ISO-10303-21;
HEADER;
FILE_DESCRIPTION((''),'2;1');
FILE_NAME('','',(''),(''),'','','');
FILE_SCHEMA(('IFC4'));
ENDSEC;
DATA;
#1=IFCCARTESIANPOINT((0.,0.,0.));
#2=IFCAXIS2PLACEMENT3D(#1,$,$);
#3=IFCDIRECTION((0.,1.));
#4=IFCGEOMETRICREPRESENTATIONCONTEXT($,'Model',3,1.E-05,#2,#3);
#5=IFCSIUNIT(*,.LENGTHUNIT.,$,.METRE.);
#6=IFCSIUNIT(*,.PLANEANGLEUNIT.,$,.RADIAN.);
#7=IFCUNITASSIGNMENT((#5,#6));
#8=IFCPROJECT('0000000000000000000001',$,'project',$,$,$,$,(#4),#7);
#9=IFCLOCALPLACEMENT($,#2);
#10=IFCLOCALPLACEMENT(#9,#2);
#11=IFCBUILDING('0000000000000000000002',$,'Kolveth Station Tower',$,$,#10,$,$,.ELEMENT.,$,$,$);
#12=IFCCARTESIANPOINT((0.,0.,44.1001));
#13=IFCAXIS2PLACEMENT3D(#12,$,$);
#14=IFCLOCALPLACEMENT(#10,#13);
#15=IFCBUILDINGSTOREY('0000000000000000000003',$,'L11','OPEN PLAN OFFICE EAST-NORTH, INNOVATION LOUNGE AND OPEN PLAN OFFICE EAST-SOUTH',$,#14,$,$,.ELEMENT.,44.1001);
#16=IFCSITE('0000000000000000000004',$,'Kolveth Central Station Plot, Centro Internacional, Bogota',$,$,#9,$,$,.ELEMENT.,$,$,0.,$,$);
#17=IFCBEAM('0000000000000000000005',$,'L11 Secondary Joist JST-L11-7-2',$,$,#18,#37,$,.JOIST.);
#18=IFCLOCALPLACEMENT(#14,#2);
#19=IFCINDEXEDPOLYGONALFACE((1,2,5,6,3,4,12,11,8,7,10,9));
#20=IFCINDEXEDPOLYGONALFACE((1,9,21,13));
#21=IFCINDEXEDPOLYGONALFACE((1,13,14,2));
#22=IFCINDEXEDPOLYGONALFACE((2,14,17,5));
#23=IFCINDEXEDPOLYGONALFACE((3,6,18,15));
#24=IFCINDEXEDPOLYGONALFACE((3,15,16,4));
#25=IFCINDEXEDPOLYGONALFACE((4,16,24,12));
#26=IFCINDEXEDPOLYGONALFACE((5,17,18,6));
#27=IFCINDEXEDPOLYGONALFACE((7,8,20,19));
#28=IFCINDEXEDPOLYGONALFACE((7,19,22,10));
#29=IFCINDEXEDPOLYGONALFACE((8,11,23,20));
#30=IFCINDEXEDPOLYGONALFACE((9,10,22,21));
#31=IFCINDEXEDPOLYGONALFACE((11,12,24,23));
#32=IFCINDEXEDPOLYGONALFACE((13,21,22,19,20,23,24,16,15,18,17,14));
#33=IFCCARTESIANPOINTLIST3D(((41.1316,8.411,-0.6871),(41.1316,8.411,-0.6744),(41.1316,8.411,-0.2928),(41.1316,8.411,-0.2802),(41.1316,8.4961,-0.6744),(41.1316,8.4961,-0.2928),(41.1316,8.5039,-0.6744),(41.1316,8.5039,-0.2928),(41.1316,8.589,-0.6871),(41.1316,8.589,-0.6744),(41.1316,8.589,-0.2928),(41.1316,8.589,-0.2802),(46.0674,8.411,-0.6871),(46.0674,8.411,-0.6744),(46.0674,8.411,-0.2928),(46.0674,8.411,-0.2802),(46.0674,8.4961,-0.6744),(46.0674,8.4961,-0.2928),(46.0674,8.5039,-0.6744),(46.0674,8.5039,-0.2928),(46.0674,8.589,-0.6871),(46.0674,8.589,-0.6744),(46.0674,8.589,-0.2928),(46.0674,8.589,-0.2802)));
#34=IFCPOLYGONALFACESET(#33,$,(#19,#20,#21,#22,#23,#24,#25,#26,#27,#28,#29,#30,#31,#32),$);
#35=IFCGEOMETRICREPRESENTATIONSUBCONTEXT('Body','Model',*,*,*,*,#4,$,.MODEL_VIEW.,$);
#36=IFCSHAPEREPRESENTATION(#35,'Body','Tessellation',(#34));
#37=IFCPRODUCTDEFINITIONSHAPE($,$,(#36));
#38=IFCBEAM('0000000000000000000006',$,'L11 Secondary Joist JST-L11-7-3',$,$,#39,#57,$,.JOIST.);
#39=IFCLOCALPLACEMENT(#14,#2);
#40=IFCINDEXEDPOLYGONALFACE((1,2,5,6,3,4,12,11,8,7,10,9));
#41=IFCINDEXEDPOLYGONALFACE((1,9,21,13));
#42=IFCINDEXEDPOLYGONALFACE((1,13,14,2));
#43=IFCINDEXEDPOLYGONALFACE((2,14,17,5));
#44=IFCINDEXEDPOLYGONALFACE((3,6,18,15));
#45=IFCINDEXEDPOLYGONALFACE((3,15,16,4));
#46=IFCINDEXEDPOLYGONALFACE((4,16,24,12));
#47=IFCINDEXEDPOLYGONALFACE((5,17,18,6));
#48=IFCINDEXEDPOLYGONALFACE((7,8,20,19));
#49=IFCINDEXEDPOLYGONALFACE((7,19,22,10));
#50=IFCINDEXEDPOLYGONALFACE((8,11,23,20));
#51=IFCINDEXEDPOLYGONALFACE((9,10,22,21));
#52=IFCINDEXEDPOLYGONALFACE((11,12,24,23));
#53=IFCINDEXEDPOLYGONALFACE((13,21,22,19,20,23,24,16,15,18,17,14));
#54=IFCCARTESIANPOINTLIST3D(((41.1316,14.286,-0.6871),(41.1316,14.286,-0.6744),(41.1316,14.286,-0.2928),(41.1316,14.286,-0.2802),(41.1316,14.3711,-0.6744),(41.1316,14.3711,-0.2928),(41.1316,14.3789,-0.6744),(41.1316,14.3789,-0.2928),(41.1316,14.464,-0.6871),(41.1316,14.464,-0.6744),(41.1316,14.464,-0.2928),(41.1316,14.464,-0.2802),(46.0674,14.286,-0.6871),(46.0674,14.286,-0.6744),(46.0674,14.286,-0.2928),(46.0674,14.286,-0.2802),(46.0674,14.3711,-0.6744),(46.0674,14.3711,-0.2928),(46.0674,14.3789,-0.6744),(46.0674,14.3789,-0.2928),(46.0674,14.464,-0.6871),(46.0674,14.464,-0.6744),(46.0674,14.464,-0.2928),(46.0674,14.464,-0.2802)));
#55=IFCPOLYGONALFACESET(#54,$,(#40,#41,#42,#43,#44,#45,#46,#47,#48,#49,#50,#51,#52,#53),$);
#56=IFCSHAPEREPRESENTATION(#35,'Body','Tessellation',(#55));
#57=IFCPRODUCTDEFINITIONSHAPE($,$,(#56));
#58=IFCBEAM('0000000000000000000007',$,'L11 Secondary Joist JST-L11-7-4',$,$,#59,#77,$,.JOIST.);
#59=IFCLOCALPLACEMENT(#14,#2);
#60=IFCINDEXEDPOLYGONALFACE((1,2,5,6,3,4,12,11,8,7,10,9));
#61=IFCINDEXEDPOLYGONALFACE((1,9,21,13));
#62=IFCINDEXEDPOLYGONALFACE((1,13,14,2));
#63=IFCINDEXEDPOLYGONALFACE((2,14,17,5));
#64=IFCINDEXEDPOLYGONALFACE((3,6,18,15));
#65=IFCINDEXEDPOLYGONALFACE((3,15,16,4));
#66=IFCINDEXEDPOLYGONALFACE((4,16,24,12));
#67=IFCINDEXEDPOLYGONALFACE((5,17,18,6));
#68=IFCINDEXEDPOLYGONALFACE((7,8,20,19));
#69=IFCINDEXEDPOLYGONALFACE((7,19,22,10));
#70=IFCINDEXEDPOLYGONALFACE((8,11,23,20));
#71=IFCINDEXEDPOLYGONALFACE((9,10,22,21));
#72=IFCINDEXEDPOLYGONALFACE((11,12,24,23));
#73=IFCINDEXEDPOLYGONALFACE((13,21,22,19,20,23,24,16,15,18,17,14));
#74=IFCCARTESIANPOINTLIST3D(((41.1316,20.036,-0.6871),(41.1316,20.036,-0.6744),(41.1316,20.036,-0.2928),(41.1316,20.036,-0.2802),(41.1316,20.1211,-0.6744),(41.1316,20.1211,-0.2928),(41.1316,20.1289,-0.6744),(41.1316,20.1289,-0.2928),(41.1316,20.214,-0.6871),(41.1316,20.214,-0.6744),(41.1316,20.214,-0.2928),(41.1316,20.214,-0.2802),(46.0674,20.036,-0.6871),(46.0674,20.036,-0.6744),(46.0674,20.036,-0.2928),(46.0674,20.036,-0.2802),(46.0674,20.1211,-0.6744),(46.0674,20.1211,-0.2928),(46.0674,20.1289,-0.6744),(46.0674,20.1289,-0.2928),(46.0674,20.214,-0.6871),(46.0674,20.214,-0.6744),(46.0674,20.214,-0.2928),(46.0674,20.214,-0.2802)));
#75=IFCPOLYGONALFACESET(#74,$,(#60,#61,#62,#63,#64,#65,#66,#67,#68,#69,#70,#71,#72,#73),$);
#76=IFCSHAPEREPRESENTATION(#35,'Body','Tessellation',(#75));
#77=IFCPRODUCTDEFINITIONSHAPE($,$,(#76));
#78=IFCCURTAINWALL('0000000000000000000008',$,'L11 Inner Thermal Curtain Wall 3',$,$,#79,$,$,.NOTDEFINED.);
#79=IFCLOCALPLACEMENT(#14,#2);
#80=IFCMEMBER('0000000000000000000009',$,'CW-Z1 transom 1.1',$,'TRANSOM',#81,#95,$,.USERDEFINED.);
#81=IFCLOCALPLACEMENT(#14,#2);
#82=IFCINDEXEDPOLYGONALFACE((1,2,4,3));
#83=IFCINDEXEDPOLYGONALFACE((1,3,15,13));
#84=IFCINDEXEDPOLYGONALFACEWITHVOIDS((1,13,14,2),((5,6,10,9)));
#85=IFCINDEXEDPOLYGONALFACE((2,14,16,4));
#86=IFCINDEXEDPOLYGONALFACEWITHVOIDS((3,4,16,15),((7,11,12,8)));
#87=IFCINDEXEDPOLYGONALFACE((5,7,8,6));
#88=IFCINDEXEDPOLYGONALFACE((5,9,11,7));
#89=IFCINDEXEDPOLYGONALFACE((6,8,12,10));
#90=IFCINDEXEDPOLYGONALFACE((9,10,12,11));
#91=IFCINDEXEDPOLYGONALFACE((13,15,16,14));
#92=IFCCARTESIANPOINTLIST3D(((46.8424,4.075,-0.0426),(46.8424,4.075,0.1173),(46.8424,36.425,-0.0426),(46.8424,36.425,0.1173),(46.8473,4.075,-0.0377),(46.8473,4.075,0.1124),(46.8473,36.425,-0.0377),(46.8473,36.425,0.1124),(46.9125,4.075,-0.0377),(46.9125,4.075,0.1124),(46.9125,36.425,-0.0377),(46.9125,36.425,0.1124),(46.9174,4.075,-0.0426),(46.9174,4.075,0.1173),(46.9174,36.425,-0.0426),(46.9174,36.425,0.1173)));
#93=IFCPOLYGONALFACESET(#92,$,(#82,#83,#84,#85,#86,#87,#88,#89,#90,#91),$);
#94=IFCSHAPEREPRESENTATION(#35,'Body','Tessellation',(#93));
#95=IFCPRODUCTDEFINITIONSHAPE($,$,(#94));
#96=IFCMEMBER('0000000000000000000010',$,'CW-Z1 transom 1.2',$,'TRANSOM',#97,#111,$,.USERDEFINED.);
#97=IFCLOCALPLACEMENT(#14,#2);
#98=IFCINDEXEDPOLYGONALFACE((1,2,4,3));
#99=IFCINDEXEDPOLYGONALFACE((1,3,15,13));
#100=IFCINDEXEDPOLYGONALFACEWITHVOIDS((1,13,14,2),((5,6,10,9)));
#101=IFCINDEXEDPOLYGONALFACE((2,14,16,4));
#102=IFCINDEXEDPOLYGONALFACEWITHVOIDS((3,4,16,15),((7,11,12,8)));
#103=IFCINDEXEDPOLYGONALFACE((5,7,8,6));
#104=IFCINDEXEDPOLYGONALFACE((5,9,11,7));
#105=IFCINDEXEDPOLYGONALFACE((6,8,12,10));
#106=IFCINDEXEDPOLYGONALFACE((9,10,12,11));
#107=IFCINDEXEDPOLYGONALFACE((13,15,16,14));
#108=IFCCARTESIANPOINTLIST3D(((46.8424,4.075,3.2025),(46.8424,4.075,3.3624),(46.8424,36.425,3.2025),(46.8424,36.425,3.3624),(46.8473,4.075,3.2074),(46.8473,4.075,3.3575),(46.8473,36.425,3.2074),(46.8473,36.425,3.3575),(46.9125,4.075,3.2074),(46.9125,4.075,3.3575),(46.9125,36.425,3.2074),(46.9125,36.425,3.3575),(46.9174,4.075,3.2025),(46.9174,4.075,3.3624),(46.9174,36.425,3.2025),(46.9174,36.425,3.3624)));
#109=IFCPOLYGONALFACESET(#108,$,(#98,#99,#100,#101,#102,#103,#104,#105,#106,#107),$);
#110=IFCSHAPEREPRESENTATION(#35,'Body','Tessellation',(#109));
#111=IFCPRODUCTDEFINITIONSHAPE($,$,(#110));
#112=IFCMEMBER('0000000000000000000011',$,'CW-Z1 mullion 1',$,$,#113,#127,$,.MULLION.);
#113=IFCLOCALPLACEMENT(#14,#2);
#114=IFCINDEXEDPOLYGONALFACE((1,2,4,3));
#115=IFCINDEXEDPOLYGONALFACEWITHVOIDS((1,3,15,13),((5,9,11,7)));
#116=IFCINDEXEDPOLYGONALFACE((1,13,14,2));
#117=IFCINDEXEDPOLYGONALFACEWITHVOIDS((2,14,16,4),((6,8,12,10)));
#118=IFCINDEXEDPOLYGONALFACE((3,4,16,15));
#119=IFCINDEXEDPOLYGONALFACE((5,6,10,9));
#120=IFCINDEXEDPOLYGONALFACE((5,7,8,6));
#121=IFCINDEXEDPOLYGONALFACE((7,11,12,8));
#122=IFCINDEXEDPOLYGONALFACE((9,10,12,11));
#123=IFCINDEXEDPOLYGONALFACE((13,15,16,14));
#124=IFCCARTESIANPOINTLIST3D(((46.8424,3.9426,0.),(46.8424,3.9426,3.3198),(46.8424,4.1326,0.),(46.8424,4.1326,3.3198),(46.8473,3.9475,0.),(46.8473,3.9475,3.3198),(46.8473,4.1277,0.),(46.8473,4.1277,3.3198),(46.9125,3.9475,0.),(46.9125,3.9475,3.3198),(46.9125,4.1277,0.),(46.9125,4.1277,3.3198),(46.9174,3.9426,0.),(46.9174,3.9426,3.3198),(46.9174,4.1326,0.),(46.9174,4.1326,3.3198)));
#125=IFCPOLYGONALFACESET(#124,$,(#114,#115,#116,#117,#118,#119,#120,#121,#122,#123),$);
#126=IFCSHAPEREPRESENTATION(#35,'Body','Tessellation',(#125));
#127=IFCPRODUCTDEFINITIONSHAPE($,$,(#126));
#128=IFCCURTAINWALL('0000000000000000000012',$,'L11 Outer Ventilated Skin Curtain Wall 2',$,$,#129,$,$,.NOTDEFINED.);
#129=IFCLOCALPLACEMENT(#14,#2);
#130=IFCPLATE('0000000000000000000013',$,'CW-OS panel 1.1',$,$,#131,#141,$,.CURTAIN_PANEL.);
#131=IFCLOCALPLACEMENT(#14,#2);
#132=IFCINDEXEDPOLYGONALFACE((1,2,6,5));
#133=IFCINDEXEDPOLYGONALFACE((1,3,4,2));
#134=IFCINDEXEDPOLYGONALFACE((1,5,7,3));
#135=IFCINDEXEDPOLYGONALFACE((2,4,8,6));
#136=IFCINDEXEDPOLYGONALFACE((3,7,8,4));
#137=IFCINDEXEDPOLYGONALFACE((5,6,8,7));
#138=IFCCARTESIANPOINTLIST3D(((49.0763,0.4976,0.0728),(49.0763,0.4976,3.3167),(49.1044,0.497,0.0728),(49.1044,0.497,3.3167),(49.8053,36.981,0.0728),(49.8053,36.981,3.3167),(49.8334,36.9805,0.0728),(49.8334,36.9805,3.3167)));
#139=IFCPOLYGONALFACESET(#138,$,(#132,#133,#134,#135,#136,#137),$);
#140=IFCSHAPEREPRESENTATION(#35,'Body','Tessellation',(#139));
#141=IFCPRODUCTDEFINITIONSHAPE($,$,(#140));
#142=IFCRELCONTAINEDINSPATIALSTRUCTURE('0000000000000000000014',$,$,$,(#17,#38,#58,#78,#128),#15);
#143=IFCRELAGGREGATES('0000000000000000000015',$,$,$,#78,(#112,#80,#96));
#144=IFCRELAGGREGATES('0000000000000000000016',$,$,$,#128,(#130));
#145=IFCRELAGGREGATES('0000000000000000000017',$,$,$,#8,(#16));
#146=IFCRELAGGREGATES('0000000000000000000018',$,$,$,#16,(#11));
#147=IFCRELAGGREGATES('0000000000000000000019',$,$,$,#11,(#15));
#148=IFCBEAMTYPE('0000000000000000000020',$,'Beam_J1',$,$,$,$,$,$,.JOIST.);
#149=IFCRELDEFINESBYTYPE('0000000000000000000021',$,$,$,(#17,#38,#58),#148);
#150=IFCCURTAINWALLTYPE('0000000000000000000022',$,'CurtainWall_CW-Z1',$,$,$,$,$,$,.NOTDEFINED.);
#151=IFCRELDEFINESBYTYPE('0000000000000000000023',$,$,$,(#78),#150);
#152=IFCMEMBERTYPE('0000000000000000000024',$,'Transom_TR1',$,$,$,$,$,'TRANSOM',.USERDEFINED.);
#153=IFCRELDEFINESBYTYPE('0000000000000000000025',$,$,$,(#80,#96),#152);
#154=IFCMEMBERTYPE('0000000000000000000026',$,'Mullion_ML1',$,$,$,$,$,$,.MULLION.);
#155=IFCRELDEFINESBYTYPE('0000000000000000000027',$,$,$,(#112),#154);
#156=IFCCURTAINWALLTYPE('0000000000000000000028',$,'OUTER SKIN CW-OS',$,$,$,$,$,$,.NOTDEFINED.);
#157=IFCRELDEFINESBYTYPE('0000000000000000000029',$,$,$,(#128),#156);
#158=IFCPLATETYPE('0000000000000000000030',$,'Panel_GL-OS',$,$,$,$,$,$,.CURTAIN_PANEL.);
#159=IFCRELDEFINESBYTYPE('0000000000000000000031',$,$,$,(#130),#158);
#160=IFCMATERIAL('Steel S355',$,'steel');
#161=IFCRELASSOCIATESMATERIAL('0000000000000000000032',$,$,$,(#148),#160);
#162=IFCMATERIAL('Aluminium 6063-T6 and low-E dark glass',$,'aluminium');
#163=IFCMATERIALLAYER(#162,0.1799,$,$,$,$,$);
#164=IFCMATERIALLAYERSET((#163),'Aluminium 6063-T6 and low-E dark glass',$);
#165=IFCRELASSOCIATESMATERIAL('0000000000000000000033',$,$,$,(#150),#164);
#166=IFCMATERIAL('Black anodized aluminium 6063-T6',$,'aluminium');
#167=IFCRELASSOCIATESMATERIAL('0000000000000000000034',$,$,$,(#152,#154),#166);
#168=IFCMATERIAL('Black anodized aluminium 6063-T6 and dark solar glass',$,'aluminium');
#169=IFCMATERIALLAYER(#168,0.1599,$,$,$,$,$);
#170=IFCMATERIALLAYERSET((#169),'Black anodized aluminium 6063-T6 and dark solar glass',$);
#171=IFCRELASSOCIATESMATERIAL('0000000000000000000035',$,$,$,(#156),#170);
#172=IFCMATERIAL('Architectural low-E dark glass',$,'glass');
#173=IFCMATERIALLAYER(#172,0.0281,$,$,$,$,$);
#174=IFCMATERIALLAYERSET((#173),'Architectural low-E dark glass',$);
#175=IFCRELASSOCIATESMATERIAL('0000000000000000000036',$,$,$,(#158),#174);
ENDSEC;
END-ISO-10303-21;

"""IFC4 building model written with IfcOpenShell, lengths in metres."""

from ifc_helpers import new_model, si_unit, direction, frame, origin, origin_2d, place, context, subcontext, project, spatial, rectangle, hollow_rectangle, i_section, extrude, source, transform, mapped, material, layer, layer_set, material_profile, profile_set, type_object, element, aggregate, save


model = new_model("IFC4")

# Units and contexts
model_context = context("Model", 3, precision=1e-05, world=origin(), true_north=direction((0.0, 1.0)))
body_context = subcontext(model_context, "Body", "Model", "MODEL_VIEW")
ifc_project = project(units=[si_unit("LENGTHUNIT", "METRE"), si_unit("PLANEANGLEUNIT", "RADIAN")], contexts=[model_context])

# Site, building, storey
site_placement = place(None, origin())
site = spatial("IfcSite", under=ifc_project, at=site_placement, Name="Kolveth Central Station Plot, Centro Internacional, Bogota", CompositionType="ELEMENT", RefElevation=0.0)
building_placement = place(site_placement, origin())
building = spatial("IfcBuilding", under=site, at=building_placement, Name="Kolveth Station Tower", CompositionType="ELEMENT")
storey_placement = place(building_placement, frame((0.0, 0.0, 44.1001)))
storey = spatial("IfcBuildingStorey", under=building, at=storey_placement, Name="L11", Description="OPEN PLAN OFFICE EAST-NORTH, INNOVATION LOUNGE AND OPEN PLAN OFFICE EAST-SOUTH", CompositionType="ELEMENT", Elevation=44.1001)

# Shared definitions
ifc_material_1 = material(Name="Steel S355", Category="steel")

# Beams
ifc_material_profile_1 = material_profile(ifc_material_1, i_section(OverallWidth=0.178, OverallDepth=0.407, WebThickness=0.0078, FlangeThickness=0.0127, at=origin_2d()), Name="W410x60")
ifc_profile_set_1 = profile_set([ifc_material_profile_1], Name="Steel S355")
beam_type_1 = type_object("IfcBeamType", Name="Beam_J1", PredefinedType="JOIST", material=ifc_profile_set_1)
shared_shape_1 = source(origin(), body_context, "Body", "SweptSolid", [
    extrude(i_section(OverallWidth=0.178, OverallDepth=0.407, WebThickness=0.0078, FlangeThickness=0.0127, at=origin_2d()), origin(), (0.0, 0.0, 1.0), 4.9358),
])
for number, where, z_axis, x_axis, name in (
    (1, (41.1316, 8.5, -0.4836), (1.0, 0.0, 0.0), (0.0, 1.0, 0.0), "L11 Secondary Joist JST-L11-7-2"),
    (2, (41.1316, 14.375, -0.4836), (1.0, 0.0, 0.0), (0.0, 1.0, 0.0), "L11 Secondary Joist JST-L11-7-3"),
    (3, (41.1316, 20.125, -0.4836), (1.0, 0.0, 0.0), (0.0, 1.0, 0.0), "L11 Secondary Joist JST-L11-7-4"),
):
    element("IfcBeam", number, at=place(storey_placement, frame(where, z_axis=z_axis, x_axis=x_axis)), inside=storey, type_object=beam_type_1, Name=name, PredefinedType="JOIST", context=body_context, shape_type="MappedRepresentation", body=[
        mapped(shared_shape_1, transform((0.0, 0.0, 0.0), x_axis=(1.0, 0.0, 0.0), y_axis=(0.0, 1.0, 0.0), z_axis=(0.0, 0.0, 1.0), scale=1.0)),
    ])

# Curtain wall, members
ifc_material_2 = material(Name="Aluminium 6063-T6 and low-E dark glass", Category="aluminium")
ifc_layer_1 = layer(ifc_material_2, 0.1799)
ifc_layer_set_1 = layer_set([ifc_layer_1], Name="Aluminium 6063-T6 and low-E dark glass")
curtain_wall_type_1 = type_object("IfcCurtainWallType", Name="CurtainWall_CW-Z1", PredefinedType="NOTDEFINED", material=ifc_layer_set_1)
curtain_wall_1_placement = place(storey_placement, origin())
curtain_wall_1 = element("IfcCurtainWall", 4, at=curtain_wall_1_placement, inside=storey, type_object=curtain_wall_type_1, Name="L11 Inner Thermal Curtain Wall 3", PredefinedType="NOTDEFINED")
ifc_material_3 = material(Name="Black anodized aluminium 6063-T6", Category="aluminium")
ifc_material_profile_2 = material_profile(ifc_material_3, hollow_rectangle(XDim=0.075, YDim=0.1599, WallThickness=0.0049, at=origin_2d()), Name="ALU-75x160x5")
ifc_profile_set_2 = profile_set([ifc_material_profile_2], Name="Black anodized aluminium 6063-T6")
member_type_1 = type_object("IfcMemberType", Name="Transom_TR1", ElementType="TRANSOM", PredefinedType="USERDEFINED", material=ifc_profile_set_2)
shared_shape_2 = source(origin(), body_context, "Body", "SweptSolid", [
    extrude(hollow_rectangle(XDim=0.075, YDim=0.1599, WallThickness=0.0049, at=origin_2d()), origin(), (0.0, 0.0, 1.0), 32.3501),
])
member_1_placement = place(storey_placement, frame((46.8799, 4.075, 0.0374), z_axis=(0.0, 1.0, 0.0), x_axis=(-1.0, 0.0, 0.0)))
member_1 = element("IfcMember", 5, at=member_1_placement, type_object=member_type_1, Name="CW-Z1 transom 1.1", ObjectType="TRANSOM", PredefinedType="USERDEFINED", context=body_context, shape_type="MappedRepresentation", body=[
    mapped(shared_shape_2, transform((0.0, 0.0, 0.0), x_axis=(1.0, 0.0, 0.0), y_axis=(0.0, 1.0, 0.0), z_axis=(0.0, 0.0, 1.0), scale=1.0)),
])
member_2_placement = place(storey_placement, frame((46.8799, 4.075, 3.2825), z_axis=(0.0, 1.0, 0.0), x_axis=(-1.0, 0.0, 0.0)))
member_2 = element("IfcMember", 6, at=member_2_placement, type_object=member_type_1, Name="CW-Z1 transom 1.2", ObjectType="TRANSOM", PredefinedType="USERDEFINED", context=body_context, shape_type="MappedRepresentation", body=[
    mapped(shared_shape_2, transform((0.0, 0.0, 0.0), x_axis=(1.0, 0.0, 0.0), y_axis=(0.0, 1.0, 0.0), z_axis=(0.0, 0.0, 1.0), scale=1.0)),
])
ifc_material_profile_3 = material_profile(ifc_material_3, hollow_rectangle(XDim=0.075, YDim=0.1899, WallThickness=0.0049, at=origin_2d()), Name="ALU-75x190x5")
ifc_profile_set_3 = profile_set([ifc_material_profile_3], Name="Black anodized aluminium 6063-T6")
member_type_2 = type_object("IfcMemberType", Name="Mullion_ML1", PredefinedType="MULLION", material=ifc_profile_set_3)
shared_shape_3 = source(origin(), body_context, "Body", "SweptSolid", [
    extrude(hollow_rectangle(XDim=0.075, YDim=0.1899, WallThickness=0.0049, at=origin_2d()), origin(), (0.0, 0.0, 1.0), 3.3198),
])
member_3_placement = place(storey_placement, frame((46.8799, 4.0376, 0.0), z_axis=(0.0, 0.0, 1.0), x_axis=(-1.0, 0.0, 0.0)))
member_3 = element("IfcMember", 7, at=member_3_placement, type_object=member_type_2, Name="CW-Z1 mullion 1", PredefinedType="MULLION", context=body_context, shape_type="MappedRepresentation", body=[
    mapped(shared_shape_3, transform((0.0, 0.0, 0.0), x_axis=(1.0, 0.0, 0.0), y_axis=(0.0, 1.0, 0.0), z_axis=(0.0, 0.0, 1.0), scale=1.0)),
])
aggregate(curtain_wall_1, [member_3, member_1, member_2])

# Curtain wall, plate
ifc_material_4 = material(Name="Black anodized aluminium 6063-T6 and dark solar glass", Category="aluminium")
ifc_layer_2 = layer(ifc_material_4, 0.1599)
ifc_layer_set_2 = layer_set([ifc_layer_2], Name="Black anodized aluminium 6063-T6 and dark solar glass")
curtain_wall_type_2 = type_object("IfcCurtainWallType", Name="OUTER SKIN CW-OS", PredefinedType="NOTDEFINED", material=ifc_layer_set_2)
curtain_wall_2_placement = place(storey_placement, origin())
curtain_wall_2 = element("IfcCurtainWall", 8, at=curtain_wall_2_placement, inside=storey, type_object=curtain_wall_type_2, Name="L11 Outer Ventilated Skin Curtain Wall 2", PredefinedType="NOTDEFINED")
ifc_material_5 = material(Name="Architectural low-E dark glass", Category="glass")
ifc_layer_3 = layer(ifc_material_5, 0.0281)
ifc_layer_set_3 = layer_set([ifc_layer_3], Name="Architectural low-E dark glass")
plate_type = type_object("IfcPlateType", Name="Panel_GL-OS", PredefinedType="CURTAIN_PANEL", material=ifc_layer_set_3)
shared_shape_4 = source(origin(), body_context, "Body", "SweptSolid", [
    extrude(rectangle(XDim=36.4907, YDim=0.0281, at=origin_2d()), origin(), (0.0, 0.0, 1.0), 3.2439),
])
plate_placement = place(storey_placement, frame((49.4548, 18.739, 0.0728), z_axis=(0.0, 0.0, 1.0), x_axis=(0.019977, 0.9998, 0.0)))
plate = element("IfcPlate", 9, at=plate_placement, type_object=plate_type, Name="CW-OS panel 1.1", PredefinedType="CURTAIN_PANEL", context=body_context, shape_type="MappedRepresentation", body=[
    mapped(shared_shape_4, transform((0.0, 0.0, 0.0), x_axis=(1.0, 0.0, 0.0), y_axis=(0.0, 1.0, 0.0), z_axis=(0.0, 0.0, 1.0), scale=1.0)),
])
aggregate(curtain_wall_2, [plate])

save(model, "model.ifc")
